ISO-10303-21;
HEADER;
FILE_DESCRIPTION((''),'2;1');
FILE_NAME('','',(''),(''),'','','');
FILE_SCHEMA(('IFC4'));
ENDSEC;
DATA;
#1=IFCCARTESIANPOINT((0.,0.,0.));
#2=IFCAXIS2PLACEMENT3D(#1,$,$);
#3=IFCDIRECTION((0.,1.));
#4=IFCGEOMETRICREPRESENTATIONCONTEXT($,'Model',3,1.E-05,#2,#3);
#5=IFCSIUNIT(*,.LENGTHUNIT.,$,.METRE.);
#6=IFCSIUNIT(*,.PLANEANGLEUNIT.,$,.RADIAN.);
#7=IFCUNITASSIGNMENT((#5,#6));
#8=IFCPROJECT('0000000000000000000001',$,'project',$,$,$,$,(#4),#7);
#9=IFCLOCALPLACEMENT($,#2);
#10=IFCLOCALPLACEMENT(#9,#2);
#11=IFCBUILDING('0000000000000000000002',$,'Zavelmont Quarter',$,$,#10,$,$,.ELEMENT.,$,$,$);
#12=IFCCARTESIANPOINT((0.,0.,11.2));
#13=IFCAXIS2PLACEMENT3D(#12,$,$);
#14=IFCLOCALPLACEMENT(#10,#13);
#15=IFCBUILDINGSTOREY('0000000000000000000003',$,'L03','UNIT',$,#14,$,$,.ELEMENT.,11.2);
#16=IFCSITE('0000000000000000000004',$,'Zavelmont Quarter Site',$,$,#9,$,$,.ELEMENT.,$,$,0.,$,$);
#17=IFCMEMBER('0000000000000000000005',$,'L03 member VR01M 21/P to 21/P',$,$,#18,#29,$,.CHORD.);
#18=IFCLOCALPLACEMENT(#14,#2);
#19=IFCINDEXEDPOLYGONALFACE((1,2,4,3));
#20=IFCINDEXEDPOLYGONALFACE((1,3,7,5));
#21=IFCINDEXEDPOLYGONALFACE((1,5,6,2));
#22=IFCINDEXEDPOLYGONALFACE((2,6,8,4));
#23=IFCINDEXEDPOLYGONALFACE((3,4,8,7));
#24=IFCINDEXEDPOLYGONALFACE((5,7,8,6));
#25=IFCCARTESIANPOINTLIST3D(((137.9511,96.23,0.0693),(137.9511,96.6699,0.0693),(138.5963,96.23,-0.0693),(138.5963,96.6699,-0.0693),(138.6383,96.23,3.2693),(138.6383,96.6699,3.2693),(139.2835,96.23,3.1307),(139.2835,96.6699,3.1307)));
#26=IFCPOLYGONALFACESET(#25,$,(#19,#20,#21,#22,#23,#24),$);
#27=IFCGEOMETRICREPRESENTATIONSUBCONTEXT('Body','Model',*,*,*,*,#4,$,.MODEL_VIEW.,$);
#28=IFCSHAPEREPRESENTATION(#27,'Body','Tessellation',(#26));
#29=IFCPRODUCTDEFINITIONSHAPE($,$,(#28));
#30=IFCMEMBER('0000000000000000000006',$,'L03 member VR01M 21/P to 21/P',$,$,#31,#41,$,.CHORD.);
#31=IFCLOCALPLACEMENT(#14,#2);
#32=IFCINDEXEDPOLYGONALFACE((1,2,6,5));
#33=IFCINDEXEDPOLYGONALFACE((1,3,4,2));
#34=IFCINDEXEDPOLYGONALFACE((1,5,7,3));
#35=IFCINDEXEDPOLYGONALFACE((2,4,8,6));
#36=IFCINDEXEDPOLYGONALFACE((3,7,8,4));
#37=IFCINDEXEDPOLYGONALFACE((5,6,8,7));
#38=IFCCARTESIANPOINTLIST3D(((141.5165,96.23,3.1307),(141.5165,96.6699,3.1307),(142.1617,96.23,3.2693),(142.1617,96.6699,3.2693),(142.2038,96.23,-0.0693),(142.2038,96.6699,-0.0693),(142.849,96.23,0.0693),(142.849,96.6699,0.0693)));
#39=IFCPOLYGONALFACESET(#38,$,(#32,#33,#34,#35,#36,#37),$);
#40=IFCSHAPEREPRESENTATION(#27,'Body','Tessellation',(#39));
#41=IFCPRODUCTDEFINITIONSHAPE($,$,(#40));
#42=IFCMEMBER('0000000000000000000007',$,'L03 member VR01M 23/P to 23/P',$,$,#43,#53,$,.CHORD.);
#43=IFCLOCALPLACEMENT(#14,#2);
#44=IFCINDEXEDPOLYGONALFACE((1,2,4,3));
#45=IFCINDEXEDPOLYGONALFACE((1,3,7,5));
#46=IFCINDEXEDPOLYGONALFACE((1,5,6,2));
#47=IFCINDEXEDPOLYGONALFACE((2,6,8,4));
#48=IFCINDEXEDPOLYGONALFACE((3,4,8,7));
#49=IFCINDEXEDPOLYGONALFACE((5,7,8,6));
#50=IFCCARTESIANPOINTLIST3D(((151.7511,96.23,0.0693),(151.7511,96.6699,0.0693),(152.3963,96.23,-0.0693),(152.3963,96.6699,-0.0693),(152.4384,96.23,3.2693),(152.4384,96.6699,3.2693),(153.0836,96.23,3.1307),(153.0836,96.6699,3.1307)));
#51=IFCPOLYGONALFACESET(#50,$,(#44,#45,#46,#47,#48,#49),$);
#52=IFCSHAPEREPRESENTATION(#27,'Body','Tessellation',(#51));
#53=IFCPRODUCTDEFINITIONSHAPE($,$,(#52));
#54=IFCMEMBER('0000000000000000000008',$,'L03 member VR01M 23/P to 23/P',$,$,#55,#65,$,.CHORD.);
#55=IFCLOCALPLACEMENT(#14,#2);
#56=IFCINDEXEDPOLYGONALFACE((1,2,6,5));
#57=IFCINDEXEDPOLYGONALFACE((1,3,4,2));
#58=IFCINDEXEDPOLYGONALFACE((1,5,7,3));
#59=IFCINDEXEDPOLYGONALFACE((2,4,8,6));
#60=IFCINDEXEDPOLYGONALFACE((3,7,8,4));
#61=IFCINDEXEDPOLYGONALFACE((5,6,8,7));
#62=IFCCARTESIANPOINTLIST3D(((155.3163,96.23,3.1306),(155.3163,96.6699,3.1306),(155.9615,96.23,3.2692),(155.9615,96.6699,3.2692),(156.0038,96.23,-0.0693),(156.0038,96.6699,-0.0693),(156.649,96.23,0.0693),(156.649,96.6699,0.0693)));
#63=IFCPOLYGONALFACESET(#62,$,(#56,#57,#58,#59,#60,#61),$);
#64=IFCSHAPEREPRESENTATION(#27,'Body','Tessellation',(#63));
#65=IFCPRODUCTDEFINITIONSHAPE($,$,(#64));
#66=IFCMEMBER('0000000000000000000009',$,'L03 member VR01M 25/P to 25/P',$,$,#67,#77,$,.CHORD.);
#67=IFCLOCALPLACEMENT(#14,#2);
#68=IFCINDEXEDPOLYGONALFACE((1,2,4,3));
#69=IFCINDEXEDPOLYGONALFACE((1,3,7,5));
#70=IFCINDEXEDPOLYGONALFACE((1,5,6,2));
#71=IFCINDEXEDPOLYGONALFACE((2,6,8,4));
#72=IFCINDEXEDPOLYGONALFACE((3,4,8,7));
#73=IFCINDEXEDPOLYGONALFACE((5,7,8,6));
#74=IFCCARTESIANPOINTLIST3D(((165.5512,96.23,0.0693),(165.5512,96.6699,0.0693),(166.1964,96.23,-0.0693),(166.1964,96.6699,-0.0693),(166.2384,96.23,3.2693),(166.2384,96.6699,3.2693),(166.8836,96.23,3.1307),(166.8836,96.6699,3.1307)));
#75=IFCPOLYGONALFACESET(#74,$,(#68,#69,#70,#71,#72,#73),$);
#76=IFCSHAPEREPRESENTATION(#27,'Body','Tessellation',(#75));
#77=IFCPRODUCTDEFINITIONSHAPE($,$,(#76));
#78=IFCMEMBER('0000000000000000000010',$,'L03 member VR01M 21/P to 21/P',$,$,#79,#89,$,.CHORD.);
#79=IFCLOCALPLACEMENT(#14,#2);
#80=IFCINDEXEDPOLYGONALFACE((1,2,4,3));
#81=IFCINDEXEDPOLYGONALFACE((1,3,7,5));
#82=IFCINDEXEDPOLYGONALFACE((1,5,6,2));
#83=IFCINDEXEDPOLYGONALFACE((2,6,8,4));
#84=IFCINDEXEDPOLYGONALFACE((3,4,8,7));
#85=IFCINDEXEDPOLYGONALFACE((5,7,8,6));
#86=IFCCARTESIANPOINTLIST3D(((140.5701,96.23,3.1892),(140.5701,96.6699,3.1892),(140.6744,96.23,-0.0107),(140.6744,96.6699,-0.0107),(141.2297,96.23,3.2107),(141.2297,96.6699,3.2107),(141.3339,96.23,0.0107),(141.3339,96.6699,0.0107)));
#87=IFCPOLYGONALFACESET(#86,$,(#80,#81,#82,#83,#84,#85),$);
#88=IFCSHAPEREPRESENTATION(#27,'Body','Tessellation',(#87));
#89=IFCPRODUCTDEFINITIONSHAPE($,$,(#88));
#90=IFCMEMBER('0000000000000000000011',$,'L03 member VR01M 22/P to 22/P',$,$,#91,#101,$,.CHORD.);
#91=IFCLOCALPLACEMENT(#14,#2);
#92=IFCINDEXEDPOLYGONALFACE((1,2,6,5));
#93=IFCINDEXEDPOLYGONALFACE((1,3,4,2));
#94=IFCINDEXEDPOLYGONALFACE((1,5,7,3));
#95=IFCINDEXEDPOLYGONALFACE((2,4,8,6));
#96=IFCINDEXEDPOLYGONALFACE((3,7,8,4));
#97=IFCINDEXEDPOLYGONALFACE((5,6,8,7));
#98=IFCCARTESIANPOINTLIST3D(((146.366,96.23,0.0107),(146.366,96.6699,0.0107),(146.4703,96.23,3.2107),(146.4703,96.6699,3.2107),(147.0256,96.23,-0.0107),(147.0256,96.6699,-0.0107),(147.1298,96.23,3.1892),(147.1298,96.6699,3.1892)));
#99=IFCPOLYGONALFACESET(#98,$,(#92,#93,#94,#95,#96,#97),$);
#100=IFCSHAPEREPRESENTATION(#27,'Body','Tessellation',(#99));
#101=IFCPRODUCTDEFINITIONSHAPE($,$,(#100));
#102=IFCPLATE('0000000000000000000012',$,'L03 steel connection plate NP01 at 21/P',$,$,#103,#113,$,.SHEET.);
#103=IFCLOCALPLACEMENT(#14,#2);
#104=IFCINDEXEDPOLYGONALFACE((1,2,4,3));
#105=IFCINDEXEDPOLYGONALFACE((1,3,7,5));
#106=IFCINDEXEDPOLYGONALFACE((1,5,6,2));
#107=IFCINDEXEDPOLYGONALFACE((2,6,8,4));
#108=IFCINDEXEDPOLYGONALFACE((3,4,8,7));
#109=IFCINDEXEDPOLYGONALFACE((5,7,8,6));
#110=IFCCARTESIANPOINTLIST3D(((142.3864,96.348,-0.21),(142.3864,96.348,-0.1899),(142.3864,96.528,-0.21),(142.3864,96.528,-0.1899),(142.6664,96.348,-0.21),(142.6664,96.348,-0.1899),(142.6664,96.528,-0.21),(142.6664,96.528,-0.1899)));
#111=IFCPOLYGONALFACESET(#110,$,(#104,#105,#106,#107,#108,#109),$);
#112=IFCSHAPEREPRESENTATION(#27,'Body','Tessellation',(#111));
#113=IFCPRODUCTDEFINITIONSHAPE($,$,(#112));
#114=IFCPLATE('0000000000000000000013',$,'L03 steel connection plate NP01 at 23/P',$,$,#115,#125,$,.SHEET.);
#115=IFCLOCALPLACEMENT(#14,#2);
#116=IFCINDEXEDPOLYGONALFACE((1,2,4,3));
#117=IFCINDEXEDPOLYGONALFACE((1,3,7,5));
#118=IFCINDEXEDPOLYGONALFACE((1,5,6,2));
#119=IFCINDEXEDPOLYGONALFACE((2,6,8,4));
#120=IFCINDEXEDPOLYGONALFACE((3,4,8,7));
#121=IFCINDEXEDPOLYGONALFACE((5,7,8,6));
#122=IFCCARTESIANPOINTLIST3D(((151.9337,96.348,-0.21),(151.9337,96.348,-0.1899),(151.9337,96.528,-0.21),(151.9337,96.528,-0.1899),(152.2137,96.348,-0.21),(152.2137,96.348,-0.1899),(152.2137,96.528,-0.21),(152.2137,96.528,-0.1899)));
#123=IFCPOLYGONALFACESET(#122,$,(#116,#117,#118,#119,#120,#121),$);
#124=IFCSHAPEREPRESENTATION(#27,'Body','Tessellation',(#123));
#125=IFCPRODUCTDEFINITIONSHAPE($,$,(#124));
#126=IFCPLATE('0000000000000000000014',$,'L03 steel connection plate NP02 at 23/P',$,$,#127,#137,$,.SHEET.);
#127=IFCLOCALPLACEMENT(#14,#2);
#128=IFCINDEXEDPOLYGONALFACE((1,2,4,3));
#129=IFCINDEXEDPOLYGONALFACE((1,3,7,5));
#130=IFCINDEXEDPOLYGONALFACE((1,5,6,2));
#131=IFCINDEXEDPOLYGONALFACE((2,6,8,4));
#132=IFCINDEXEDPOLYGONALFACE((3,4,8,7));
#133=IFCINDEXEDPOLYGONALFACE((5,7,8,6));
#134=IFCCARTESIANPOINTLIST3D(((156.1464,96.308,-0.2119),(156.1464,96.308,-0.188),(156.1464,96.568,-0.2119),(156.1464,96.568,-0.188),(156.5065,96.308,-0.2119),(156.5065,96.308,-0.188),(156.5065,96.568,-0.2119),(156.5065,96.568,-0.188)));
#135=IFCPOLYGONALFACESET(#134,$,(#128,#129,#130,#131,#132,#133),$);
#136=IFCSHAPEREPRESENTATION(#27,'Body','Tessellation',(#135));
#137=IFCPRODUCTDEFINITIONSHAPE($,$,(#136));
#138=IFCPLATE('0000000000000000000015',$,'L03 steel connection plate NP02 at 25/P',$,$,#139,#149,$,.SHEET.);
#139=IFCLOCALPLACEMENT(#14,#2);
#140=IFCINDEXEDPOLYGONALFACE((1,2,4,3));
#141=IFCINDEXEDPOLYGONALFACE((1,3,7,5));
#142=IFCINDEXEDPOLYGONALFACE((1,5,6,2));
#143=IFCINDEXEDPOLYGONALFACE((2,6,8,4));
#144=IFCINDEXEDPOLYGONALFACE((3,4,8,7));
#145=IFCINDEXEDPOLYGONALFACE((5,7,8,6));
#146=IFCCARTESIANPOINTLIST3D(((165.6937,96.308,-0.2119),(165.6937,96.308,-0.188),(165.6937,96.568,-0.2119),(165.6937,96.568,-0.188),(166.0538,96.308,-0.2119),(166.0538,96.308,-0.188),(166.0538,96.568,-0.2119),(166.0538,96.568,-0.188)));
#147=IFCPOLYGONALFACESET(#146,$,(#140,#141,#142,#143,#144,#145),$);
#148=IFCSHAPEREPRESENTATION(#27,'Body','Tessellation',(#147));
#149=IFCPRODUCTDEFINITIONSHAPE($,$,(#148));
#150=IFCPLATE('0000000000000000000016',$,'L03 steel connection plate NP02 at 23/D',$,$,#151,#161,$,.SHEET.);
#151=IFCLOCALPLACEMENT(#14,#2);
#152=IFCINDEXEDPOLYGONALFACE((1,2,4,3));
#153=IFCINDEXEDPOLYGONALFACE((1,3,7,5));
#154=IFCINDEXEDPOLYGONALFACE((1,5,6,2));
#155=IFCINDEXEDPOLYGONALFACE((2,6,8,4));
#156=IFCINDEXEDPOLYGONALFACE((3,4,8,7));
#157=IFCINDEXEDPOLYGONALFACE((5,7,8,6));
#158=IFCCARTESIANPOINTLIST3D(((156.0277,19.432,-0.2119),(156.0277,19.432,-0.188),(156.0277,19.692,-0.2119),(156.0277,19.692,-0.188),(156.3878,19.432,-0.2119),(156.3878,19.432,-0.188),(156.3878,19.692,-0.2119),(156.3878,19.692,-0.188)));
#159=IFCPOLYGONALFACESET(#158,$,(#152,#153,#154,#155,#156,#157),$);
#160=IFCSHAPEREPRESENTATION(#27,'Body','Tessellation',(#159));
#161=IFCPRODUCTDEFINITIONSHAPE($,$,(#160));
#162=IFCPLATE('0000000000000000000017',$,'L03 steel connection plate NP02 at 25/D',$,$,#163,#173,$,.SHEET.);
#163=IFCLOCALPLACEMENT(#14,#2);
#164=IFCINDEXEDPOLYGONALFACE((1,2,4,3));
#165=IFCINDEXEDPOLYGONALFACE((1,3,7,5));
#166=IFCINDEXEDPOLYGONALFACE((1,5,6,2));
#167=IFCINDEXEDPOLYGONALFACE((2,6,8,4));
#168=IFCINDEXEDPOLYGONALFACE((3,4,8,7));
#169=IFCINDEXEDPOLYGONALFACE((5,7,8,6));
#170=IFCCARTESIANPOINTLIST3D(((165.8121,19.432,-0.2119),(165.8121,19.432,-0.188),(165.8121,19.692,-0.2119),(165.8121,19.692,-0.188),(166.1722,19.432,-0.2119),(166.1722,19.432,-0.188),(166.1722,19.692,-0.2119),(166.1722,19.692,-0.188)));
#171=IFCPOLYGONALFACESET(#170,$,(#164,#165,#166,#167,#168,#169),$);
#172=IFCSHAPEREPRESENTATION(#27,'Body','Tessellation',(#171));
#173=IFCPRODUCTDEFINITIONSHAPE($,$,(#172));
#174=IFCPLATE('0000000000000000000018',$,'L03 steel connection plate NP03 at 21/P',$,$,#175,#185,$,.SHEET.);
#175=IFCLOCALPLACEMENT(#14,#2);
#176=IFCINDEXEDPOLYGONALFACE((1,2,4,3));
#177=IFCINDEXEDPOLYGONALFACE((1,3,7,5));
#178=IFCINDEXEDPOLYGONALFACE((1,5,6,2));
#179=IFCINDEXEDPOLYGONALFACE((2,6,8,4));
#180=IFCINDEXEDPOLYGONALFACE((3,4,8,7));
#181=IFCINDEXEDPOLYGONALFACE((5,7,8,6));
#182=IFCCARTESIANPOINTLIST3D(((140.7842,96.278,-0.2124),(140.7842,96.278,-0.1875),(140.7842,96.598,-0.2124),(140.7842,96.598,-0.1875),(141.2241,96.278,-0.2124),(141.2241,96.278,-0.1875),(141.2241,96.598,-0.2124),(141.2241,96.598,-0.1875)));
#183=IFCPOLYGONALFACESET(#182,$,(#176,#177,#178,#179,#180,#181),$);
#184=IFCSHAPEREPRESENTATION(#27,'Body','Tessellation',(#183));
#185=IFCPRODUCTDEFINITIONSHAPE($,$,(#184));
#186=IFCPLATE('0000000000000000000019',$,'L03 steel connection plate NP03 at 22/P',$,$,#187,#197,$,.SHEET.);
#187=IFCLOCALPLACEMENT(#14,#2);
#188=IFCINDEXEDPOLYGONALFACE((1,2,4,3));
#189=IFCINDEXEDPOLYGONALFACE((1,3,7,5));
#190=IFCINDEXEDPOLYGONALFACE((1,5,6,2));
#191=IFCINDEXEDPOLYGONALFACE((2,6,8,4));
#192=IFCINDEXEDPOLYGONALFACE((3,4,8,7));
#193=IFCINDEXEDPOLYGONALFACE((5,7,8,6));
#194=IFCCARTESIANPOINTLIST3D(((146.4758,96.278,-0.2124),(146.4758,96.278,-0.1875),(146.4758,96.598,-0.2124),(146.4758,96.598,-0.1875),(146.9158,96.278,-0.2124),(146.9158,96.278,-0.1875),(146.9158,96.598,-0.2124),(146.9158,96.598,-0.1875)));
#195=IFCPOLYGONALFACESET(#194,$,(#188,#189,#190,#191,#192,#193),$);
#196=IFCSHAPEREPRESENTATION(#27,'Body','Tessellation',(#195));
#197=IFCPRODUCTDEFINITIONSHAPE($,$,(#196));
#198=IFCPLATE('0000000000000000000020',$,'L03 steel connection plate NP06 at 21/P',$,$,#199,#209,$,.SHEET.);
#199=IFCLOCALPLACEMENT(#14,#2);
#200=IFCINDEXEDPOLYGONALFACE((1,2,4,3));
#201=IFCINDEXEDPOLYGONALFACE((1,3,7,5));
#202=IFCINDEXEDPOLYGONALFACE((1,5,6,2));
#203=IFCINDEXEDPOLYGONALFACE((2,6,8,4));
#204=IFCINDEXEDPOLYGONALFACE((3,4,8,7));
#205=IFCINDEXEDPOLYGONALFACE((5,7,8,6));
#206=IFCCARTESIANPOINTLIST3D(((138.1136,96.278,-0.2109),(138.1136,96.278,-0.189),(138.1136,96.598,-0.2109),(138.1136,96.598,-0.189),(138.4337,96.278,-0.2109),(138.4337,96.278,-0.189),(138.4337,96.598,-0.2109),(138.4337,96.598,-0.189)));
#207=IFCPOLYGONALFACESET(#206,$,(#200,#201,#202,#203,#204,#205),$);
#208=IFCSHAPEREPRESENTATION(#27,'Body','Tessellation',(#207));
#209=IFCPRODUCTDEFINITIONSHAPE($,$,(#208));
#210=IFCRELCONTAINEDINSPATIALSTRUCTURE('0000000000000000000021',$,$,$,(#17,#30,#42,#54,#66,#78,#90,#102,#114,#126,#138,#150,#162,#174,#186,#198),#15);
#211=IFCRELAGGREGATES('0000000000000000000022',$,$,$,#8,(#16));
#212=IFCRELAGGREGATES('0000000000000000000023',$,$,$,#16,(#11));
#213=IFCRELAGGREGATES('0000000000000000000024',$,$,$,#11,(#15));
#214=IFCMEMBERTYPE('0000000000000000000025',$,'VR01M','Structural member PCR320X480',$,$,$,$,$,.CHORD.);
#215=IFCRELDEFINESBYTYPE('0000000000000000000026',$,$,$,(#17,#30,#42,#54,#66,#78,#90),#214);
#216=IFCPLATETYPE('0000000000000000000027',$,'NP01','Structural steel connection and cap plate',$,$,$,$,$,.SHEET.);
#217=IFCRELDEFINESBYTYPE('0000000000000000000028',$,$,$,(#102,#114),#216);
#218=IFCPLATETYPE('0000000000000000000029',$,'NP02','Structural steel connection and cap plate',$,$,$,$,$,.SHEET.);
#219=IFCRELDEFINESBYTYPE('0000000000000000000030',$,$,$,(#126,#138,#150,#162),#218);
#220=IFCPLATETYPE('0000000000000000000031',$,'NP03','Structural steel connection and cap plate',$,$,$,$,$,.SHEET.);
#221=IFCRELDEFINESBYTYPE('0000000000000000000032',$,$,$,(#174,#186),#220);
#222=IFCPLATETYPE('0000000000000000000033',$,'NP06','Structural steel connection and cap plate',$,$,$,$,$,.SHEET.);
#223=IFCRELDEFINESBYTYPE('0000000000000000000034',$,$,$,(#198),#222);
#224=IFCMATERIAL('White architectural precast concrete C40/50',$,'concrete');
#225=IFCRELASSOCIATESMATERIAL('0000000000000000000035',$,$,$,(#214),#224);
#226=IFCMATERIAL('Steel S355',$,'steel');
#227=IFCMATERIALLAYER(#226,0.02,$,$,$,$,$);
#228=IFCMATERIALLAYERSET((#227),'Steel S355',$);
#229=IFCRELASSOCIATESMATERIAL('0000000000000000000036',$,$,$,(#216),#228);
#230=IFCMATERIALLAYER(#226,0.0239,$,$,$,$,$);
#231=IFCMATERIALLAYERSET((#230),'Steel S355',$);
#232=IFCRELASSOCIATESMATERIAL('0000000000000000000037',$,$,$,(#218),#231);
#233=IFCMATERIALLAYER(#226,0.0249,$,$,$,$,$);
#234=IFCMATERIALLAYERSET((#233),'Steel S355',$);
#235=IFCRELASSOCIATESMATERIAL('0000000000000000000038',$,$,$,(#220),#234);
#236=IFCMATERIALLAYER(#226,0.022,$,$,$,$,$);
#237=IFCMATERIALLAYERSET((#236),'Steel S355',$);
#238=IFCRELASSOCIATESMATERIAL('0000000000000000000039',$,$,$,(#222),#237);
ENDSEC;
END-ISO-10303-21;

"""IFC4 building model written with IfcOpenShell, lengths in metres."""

from ifc_helpers import new_model, si_unit, direction, frame, origin, origin_2d, place, context, subcontext, project, spatial, rectangle, extrude, material, layer, layer_set, material_profile, profile_set, type_object, element, save


model = new_model("IFC4")

# Units and contexts
model_context = context("Model", 3, precision=1e-05, world=origin(), true_north=direction((0.0, 1.0)))
body_context = subcontext(model_context, "Body", "Model", "MODEL_VIEW")
ifc_project = project(units=[si_unit("LENGTHUNIT", "METRE"), si_unit("PLANEANGLEUNIT", "RADIAN")], contexts=[model_context])

# Site, building, storey
site_placement = place(None, origin())
site = spatial("IfcSite", under=ifc_project, at=site_placement, Name="Zavelmont Quarter Site", CompositionType="ELEMENT", RefElevation=0.0)
building_placement = place(site_placement, origin())
building = spatial("IfcBuilding", under=site, at=building_placement, Name="Zavelmont Quarter", CompositionType="ELEMENT")
storey_placement = place(building_placement, frame((0.0, 0.0, 11.2)))
storey = spatial("IfcBuildingStorey", under=building, at=storey_placement, Name="L03", Description="UNIT", CompositionType="ELEMENT", Elevation=11.2)

# Members
ifc_material_1 = material(Name="White architectural precast concrete C40/50", Category="concrete")
ifc_material_profile = material_profile(ifc_material_1, rectangle(XDim=0.4399, YDim=0.6599, at=origin_2d()), Name="PCR320X480")
ifc_profile_set = profile_set([ifc_material_profile], Name="White architectural precast concrete C40/50")
member_type = type_object("IfcMemberType", Name="VR01M", Description="Structural member PCR320X480", PredefinedType="CHORD", material=ifc_profile_set)
for number, where, z_axis, x_axis, name in (
    (1, (138.2737, 96.45, 0.0), (0.209982, 0.0, 0.977705), (0.0, 1.0, 0.0), "L03 member VR01M 21/P to 21/P"),
    (2, (142.5264, 96.45, 0.0), (-0.209982, 0.0, 0.977705), (0.0, -1.0, 0.0), "L03 member VR01M 21/P to 21/P"),
    (3, (152.0737, 96.45, 0.0), (0.209982, 0.0, 0.977705), (0.0, 1.0, 0.0), "L03 member VR01M 23/P to 23/P"),
    (4, (156.3264, 96.45, 0.0), (-0.210054, 0.0, 0.97769), (0.0, -1.0, 0.0), "L03 member VR01M 23/P to 23/P"),
    (5, (165.8738, 96.45, 0.0), (0.209982, 0.0, 0.977705), (0.0, 1.0, 0.0), "L03 member VR01M 25/P to 25/P"),
):
    element("IfcMember", number, at=place(storey_placement, frame(where, z_axis=z_axis, x_axis=x_axis)), inside=storey, type_object=member_type, Name=name, PredefinedType="CHORD", context=body_context, shape_type="SweptSolid", body=[
        extrude(rectangle(XDim=0.4399, YDim=0.6599, at=origin_2d()), origin(), (0.0, 0.0, 1.0), 3.2729),
    ])
for number, where, z_axis, x_axis, name in (
    (6, (141.0042, 96.45, 0.0), (-0.032561, 0.0, 0.99947), (0.0, -1.0, 0.0), "L03 member VR01M 21/P to 21/P"),
    (7, (146.6958, 96.45, 0.0), (0.032561, 0.0, 0.99947), (0.0, 1.0, 0.0), "L03 member VR01M 22/P to 22/P"),
):
    element("IfcMember", number, at=place(storey_placement, frame(where, z_axis=z_axis, x_axis=x_axis)), inside=storey, type_object=member_type, Name=name, PredefinedType="CHORD", context=body_context, shape_type="SweptSolid", body=[
        extrude(rectangle(XDim=0.4399, YDim=0.6599, at=origin_2d()), origin(), (0.0, 0.0, 1.0), 3.2017),
    ])

# Plates
ifc_material_2 = material(Name="Steel S355", Category="steel")
ifc_layer_1 = layer(ifc_material_2, 0.02)
ifc_layer_set_1 = layer_set([ifc_layer_1], Name="Steel S355")
plate_type_1 = type_object("IfcPlateType", Name="NP01", Description="Structural steel connection and cap plate", PredefinedType="SHEET", material=ifc_layer_set_1)
for number, where, z_axis, x_axis, name in (
    (8, (142.5264, 96.438, -0.21), (0.0, 0.0, 1.0), (1.0, 0.0, 0.0), "L03 steel connection plate NP01 at 21/P"),
    (9, (152.0737, 96.438, -0.21), (0.0, 0.0, 1.0), (1.0, 0.0, 0.0), "L03 steel connection plate NP01 at 23/P"),
):
    element("IfcPlate", number, at=place(storey_placement, frame(where, z_axis=z_axis, x_axis=x_axis)), inside=storey, type_object=plate_type_1, Name=name, PredefinedType="SHEET", context=body_context, shape_type="SweptSolid", body=[
        extrude(rectangle(XDim=0.28, YDim=0.1799, at=origin_2d()), origin(), (0.0, 0.0, 1.0), 0.02),
    ])
ifc_layer_2 = layer(ifc_material_2, 0.0239)
ifc_layer_set_2 = layer_set([ifc_layer_2], Name="Steel S355")
plate_type_2 = type_object("IfcPlateType", Name="NP02", Description="Structural steel connection and cap plate", PredefinedType="SHEET", material=ifc_layer_set_2)
for number, where, z_axis, x_axis, name in (
    (10, (156.3264, 96.438, -0.2119), (0.0, 0.0, 1.0), (1.0, 0.0, 0.0), "L03 steel connection plate NP02 at 23/P"),
    (11, (165.8738, 96.438, -0.2119), (0.0, 0.0, 1.0), (1.0, 0.0, 0.0), "L03 steel connection plate NP02 at 25/P"),
    (12, (156.2078, 19.562, -0.2119), (0.0, 0.0, 1.0), (1.0, 0.0, 0.0), "L03 steel connection plate NP02 at 23/D"),
    (13, (165.9922, 19.562, -0.2119), (0.0, 0.0, 1.0), (1.0, 0.0, 0.0), "L03 steel connection plate NP02 at 25/D"),
):
    element("IfcPlate", number, at=place(storey_placement, frame(where, z_axis=z_axis, x_axis=x_axis)), inside=storey, type_object=plate_type_2, Name=name, PredefinedType="SHEET", context=body_context, shape_type="SweptSolid", body=[
        extrude(rectangle(XDim=0.3601, YDim=0.26, at=origin_2d()), origin(), (0.0, 0.0, 1.0), 0.0239),
    ])
ifc_layer_3 = layer(ifc_material_2, 0.0249)
ifc_layer_set_3 = layer_set([ifc_layer_3], Name="Steel S355")
plate_type_3 = type_object("IfcPlateType", Name="NP03", Description="Structural steel connection and cap plate", PredefinedType="SHEET", material=ifc_layer_set_3)
for number, where, z_axis, x_axis, name in (
    (14, (141.0042, 96.438, -0.2124), (0.0, 0.0, 1.0), (1.0, 0.0, 0.0), "L03 steel connection plate NP03 at 21/P"),
    (15, (146.6958, 96.438, -0.2124), (0.0, 0.0, 1.0), (1.0, 0.0, 0.0), "L03 steel connection plate NP03 at 22/P"),
):
    element("IfcPlate", number, at=place(storey_placement, frame(where, z_axis=z_axis, x_axis=x_axis)), inside=storey, type_object=plate_type_3, Name=name, PredefinedType="SHEET", context=body_context, shape_type="SweptSolid", body=[
        extrude(rectangle(XDim=0.4399, YDim=0.3201, at=origin_2d()), origin(), (0.0, 0.0, 1.0), 0.0249),
    ])
ifc_layer_4 = layer(ifc_material_2, 0.022)
ifc_layer_set_4 = layer_set([ifc_layer_4], Name="Steel S355")
plate_type_4 = type_object("IfcPlateType", Name="NP06", Description="Structural steel connection and cap plate", PredefinedType="SHEET", material=ifc_layer_set_4)
plate_placement = place(storey_placement, frame((138.2737, 96.438, -0.2109), z_axis=(0.0, 0.0, 1.0), x_axis=(1.0, 0.0, 0.0)))
element("IfcPlate", 16, at=plate_placement, inside=storey, type_object=plate_type_4, Name="L03 steel connection plate NP06 at 21/P", PredefinedType="SHEET", context=body_context, shape_type="SweptSolid", body=[
    extrude(rectangle(XDim=0.3201, YDim=0.3201, at=origin_2d()), origin(), (0.0, 0.0, 1.0), 0.022),
])

save(model, "model.ifc")
